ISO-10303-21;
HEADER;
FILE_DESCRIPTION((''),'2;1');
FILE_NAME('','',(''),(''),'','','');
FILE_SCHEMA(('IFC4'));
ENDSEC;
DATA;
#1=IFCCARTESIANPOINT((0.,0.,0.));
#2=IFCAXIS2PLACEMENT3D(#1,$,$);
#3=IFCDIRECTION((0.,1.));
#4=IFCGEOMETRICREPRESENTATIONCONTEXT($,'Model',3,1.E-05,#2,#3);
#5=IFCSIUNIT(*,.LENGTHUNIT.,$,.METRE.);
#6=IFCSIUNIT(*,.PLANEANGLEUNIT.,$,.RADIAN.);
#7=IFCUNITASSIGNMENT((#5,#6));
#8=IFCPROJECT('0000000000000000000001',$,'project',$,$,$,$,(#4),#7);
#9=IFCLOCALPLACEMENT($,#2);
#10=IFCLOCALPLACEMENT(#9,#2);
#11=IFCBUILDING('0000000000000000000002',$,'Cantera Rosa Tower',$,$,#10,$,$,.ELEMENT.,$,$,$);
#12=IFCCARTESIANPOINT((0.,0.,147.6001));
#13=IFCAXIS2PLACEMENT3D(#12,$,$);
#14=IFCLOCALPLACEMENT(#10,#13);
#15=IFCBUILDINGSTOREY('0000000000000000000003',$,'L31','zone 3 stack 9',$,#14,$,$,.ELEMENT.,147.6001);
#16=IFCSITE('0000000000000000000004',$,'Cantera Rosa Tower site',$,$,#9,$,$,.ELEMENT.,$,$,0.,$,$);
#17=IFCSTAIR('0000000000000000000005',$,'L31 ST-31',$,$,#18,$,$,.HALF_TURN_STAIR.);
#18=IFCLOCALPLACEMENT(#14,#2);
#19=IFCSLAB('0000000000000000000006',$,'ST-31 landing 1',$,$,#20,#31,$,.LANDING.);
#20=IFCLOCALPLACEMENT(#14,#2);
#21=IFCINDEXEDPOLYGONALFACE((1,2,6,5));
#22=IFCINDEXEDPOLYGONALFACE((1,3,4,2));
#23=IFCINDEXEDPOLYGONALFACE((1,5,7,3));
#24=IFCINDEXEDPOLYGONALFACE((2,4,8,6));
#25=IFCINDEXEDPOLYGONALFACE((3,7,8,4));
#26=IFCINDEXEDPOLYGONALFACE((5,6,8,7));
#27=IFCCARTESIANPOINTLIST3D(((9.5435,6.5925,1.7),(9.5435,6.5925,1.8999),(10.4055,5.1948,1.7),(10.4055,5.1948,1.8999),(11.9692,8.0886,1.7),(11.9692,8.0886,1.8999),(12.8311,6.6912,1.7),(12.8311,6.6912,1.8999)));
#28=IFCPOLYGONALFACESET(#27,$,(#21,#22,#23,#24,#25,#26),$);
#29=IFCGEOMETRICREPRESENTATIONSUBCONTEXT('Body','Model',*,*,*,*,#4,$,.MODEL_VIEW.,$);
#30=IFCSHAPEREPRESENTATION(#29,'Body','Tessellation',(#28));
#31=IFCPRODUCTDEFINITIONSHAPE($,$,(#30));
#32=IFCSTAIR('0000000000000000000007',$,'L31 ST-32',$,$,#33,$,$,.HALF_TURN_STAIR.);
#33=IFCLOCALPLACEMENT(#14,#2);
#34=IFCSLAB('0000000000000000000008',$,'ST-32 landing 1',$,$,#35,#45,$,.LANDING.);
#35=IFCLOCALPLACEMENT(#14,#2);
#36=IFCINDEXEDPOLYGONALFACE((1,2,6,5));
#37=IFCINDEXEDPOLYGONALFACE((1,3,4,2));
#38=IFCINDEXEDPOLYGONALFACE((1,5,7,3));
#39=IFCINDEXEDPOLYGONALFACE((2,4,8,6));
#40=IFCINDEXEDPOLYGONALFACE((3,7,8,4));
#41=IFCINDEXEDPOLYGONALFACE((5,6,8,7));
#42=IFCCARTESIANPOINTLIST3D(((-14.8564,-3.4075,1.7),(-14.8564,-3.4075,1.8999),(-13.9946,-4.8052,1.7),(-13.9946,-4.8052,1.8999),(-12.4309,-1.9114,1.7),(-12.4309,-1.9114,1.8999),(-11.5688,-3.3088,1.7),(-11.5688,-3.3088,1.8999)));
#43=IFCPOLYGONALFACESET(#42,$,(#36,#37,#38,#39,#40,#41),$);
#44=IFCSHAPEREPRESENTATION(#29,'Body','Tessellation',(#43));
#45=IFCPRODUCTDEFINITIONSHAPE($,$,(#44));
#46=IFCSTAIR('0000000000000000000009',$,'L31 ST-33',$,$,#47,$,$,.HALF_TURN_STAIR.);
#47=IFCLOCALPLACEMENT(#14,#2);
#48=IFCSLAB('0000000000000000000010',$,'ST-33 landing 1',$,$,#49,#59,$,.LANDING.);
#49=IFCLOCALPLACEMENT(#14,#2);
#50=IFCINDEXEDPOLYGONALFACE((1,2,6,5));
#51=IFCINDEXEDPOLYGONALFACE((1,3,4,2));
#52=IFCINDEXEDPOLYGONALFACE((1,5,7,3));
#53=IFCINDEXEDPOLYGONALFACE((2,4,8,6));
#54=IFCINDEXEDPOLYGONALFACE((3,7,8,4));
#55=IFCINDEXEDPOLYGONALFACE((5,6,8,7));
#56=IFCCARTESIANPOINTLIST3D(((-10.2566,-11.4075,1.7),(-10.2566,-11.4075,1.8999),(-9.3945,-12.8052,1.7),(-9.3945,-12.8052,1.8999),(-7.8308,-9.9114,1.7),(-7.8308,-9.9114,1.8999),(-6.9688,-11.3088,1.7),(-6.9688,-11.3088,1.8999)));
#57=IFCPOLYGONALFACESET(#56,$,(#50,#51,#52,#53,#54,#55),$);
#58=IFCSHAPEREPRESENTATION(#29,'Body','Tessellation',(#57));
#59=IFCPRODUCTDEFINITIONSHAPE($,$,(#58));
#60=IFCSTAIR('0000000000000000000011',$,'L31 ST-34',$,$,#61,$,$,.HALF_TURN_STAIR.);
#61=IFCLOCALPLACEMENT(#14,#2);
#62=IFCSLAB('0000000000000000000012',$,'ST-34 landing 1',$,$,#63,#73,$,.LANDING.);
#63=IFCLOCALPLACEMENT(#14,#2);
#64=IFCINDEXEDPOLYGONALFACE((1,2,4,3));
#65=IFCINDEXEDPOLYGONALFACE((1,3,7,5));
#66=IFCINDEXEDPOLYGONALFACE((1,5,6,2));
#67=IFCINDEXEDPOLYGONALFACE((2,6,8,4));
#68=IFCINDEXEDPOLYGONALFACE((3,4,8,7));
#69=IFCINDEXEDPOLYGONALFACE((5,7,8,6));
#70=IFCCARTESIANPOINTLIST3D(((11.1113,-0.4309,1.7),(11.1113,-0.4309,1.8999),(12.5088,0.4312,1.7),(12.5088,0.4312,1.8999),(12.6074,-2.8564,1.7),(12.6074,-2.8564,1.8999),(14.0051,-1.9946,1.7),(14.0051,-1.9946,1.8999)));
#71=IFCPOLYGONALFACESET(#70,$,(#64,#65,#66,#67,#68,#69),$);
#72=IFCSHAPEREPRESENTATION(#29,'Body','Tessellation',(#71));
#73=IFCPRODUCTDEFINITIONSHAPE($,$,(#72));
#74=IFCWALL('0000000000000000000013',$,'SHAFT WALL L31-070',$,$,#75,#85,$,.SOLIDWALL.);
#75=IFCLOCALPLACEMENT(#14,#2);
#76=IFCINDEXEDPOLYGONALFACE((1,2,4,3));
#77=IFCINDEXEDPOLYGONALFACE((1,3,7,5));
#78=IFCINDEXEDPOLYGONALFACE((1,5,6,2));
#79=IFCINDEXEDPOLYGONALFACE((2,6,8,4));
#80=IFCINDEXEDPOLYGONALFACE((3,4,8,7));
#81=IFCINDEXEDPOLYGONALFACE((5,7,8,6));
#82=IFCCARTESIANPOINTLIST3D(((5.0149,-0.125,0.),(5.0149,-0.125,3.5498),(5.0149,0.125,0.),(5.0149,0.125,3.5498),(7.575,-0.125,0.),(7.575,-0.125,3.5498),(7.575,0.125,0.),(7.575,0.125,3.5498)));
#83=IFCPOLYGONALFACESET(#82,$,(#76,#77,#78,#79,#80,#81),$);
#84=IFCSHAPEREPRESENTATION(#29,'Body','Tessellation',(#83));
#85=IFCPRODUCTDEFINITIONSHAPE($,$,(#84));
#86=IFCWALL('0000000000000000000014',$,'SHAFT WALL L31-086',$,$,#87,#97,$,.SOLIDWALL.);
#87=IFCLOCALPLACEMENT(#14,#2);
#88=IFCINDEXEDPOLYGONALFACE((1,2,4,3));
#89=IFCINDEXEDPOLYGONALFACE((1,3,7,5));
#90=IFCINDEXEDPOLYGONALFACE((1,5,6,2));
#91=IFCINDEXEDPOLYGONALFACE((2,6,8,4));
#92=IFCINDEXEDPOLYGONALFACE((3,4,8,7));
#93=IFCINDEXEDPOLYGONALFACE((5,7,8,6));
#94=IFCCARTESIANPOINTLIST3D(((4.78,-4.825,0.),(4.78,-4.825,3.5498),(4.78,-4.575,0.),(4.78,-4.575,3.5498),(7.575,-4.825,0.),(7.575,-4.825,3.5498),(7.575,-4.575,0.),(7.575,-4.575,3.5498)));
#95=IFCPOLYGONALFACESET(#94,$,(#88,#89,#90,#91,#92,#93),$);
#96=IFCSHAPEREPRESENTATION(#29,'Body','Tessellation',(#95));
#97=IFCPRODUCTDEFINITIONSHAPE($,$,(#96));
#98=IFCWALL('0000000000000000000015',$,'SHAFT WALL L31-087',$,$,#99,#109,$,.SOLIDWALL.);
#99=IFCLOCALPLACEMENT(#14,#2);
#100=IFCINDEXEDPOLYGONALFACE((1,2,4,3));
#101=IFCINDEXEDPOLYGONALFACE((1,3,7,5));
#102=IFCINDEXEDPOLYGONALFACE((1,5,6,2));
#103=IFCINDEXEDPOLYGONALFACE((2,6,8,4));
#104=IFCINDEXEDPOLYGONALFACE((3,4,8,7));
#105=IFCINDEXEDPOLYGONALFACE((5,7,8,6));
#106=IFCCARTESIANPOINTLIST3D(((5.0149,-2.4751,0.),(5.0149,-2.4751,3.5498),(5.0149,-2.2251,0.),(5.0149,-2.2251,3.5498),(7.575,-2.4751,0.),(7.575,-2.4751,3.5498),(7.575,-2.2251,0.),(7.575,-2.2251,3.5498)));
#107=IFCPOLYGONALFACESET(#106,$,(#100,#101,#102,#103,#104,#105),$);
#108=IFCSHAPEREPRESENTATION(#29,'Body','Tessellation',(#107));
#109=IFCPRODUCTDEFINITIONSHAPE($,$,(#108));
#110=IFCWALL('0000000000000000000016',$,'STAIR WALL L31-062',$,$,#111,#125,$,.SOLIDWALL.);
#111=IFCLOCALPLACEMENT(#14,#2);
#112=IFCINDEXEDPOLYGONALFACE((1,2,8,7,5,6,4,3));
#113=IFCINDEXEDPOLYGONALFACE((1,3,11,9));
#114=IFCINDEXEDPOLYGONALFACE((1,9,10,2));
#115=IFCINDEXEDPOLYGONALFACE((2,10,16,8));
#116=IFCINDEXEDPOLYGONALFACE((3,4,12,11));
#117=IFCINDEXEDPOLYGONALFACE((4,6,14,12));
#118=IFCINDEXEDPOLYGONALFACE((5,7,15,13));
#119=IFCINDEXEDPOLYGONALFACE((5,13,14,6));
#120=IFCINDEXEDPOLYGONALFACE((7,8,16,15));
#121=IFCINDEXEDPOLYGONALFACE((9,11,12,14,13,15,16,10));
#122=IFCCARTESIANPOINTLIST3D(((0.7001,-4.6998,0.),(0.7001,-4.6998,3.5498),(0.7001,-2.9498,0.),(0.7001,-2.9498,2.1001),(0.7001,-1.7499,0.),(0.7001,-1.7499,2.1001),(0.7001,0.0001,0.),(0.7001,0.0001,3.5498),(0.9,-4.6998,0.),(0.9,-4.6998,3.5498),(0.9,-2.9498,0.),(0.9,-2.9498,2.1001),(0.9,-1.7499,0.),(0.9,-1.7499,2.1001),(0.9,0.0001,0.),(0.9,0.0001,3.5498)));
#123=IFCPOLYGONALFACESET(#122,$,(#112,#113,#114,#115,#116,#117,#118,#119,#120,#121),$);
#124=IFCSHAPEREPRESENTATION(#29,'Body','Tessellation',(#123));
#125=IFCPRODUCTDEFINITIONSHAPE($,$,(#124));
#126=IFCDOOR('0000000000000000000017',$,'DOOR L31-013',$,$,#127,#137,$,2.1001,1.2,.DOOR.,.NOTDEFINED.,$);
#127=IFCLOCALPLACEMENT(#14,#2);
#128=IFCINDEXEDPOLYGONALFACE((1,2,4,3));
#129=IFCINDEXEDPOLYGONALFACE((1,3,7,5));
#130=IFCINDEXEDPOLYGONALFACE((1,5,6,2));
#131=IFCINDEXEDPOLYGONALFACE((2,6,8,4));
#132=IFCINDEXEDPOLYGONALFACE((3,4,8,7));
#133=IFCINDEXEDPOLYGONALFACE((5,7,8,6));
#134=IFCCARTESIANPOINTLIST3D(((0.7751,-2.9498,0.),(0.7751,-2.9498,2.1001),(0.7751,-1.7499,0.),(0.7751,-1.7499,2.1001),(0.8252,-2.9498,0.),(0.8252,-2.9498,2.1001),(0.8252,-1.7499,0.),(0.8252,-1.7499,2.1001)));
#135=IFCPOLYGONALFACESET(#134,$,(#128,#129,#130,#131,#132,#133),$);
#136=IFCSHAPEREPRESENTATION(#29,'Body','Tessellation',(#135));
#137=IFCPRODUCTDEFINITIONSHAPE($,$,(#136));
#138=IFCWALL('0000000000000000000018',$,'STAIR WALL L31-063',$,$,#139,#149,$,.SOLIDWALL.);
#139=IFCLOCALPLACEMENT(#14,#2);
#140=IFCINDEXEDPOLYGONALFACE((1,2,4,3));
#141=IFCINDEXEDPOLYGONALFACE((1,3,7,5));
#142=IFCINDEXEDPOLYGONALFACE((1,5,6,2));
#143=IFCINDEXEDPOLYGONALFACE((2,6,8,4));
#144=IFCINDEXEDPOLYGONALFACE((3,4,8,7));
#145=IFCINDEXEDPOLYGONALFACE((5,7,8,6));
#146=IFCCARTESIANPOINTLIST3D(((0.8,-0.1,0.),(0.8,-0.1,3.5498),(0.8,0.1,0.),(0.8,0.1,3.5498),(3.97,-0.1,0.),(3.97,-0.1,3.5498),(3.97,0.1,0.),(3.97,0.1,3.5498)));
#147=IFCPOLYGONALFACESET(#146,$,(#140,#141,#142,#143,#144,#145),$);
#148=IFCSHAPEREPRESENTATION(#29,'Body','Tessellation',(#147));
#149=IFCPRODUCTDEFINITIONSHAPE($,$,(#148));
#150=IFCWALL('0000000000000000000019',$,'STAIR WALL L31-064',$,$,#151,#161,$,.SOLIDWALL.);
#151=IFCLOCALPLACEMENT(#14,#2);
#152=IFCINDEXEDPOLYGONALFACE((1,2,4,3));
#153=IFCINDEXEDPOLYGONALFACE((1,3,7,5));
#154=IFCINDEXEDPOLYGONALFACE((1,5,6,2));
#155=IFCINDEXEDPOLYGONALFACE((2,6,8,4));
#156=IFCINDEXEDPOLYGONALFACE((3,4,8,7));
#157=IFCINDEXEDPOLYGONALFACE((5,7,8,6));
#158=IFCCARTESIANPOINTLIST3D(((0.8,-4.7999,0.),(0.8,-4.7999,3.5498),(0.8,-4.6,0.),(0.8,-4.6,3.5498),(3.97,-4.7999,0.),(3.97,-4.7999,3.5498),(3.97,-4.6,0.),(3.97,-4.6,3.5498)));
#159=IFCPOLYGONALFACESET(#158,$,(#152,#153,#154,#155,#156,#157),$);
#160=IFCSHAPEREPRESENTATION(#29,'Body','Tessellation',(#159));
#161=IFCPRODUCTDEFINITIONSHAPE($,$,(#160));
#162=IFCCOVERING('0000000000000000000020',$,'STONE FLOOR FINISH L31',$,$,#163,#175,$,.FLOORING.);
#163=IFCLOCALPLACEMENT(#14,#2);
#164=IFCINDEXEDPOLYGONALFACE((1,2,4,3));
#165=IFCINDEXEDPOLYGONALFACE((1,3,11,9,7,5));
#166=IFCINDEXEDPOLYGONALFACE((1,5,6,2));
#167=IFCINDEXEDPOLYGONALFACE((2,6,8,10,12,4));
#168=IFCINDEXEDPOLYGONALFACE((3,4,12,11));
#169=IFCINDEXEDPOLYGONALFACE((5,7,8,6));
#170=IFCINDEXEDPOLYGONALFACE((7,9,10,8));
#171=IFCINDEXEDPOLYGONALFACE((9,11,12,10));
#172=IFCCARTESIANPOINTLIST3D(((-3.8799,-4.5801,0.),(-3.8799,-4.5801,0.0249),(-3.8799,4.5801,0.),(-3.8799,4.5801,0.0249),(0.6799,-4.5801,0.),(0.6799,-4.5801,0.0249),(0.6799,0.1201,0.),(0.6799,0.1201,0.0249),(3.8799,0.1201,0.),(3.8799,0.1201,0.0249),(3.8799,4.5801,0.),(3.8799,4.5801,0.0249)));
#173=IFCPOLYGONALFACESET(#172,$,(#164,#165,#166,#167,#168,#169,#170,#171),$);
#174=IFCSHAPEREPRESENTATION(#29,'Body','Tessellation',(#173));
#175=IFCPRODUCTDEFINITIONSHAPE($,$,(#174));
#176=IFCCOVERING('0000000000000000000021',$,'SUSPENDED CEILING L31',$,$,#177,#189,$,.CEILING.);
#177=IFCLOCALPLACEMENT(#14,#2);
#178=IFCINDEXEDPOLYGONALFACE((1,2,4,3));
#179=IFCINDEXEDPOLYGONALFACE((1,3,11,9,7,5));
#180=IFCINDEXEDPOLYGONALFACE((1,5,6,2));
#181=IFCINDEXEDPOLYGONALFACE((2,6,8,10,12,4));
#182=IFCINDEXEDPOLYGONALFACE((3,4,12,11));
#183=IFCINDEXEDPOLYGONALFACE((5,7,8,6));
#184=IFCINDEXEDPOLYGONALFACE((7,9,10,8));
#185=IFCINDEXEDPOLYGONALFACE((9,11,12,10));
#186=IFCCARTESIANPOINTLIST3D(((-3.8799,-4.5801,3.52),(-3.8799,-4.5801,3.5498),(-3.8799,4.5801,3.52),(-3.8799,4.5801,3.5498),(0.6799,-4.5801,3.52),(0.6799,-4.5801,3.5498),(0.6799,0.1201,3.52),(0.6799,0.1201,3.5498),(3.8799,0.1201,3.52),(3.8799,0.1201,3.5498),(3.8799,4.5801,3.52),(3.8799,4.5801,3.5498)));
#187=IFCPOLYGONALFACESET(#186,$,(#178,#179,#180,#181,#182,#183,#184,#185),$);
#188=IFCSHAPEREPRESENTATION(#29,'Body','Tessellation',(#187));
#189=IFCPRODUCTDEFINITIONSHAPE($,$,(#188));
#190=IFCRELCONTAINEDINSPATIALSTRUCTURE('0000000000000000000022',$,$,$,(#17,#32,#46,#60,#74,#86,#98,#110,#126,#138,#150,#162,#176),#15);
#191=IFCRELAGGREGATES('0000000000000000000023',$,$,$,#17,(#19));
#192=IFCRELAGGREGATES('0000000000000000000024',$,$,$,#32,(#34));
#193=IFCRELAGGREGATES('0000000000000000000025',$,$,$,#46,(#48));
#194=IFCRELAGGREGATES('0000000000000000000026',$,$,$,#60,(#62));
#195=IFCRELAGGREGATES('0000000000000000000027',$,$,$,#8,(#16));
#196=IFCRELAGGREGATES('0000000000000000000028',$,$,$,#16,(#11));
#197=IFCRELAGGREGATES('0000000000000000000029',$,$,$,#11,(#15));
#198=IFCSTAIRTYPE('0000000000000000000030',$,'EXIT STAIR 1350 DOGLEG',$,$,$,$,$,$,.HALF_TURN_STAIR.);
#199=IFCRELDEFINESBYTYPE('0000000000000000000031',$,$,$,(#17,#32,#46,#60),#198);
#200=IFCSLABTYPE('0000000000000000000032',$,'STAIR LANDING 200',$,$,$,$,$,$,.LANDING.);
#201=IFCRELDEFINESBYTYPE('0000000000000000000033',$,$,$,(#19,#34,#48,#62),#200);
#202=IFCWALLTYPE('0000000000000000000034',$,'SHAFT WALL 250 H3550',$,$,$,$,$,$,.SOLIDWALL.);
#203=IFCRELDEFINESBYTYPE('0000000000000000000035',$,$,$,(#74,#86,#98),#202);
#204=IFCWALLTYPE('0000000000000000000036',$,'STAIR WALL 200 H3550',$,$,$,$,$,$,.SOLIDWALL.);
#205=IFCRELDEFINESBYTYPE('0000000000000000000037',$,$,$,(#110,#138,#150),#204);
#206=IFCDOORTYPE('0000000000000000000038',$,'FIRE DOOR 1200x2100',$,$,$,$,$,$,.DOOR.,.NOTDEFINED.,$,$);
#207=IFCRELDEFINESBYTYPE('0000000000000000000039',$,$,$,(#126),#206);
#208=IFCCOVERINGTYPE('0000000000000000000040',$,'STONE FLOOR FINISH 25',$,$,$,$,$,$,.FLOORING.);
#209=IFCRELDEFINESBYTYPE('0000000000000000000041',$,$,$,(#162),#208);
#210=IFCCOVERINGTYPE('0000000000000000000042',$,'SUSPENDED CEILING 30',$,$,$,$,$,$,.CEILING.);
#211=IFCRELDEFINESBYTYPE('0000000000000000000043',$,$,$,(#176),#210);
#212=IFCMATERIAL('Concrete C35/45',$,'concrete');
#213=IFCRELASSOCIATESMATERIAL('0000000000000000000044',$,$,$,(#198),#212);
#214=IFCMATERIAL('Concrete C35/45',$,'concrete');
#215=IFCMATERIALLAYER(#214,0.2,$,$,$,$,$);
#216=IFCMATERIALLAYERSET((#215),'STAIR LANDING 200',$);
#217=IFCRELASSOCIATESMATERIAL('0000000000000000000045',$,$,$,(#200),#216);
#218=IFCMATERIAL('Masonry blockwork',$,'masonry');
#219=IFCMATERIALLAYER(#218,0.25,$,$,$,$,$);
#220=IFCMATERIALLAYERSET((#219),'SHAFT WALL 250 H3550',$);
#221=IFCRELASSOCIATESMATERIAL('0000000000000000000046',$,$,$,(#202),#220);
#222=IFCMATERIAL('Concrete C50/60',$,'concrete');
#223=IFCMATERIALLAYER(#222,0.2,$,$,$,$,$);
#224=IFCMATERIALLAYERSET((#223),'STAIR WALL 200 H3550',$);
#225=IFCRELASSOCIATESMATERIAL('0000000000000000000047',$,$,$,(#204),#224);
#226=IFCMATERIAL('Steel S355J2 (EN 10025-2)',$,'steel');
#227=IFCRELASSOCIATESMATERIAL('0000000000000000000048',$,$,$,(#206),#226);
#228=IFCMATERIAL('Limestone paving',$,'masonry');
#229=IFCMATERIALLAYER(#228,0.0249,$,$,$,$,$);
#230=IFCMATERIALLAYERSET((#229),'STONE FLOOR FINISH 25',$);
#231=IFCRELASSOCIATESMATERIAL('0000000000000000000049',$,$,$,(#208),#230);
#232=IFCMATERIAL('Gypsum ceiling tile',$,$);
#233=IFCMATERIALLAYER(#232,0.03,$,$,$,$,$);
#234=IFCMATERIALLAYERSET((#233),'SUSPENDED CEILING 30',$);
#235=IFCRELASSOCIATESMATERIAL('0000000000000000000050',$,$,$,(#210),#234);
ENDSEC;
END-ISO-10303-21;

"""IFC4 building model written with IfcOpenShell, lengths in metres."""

from ifc_helpers import new_model, si_unit, direction, frame, frame_2d, origin, place, context, subcontext, project, spatial, polyline, rectangle, outline, extrude, material, layer, layer_set, type_object, element, fill, aggregate, save


model = new_model("IFC4")

# Units and contexts
model_context = context("Model", 3, precision=1e-05, world=origin(), true_north=direction((0.0, 1.0)))
body_context = subcontext(model_context, "Body", "Model", "MODEL_VIEW")
ifc_project = project(units=[si_unit("LENGTHUNIT", "METRE"), si_unit("PLANEANGLEUNIT", "RADIAN")], contexts=[model_context])

# Site, building, storey
site_placement = place(None, origin())
site = spatial("IfcSite", under=ifc_project, at=site_placement, Name="Cantera Rosa Tower site", CompositionType="ELEMENT", RefElevation=0.0)
building_placement = place(site_placement, origin())
building = spatial("IfcBuilding", under=site, at=building_placement, Name="Cantera Rosa Tower", CompositionType="ELEMENT")
storey_placement = place(building_placement, frame((0.0, 0.0, 147.6001)))
storey = spatial("IfcBuildingStorey", under=building, at=storey_placement, Name="L31", Description="zone 3 stack 9", CompositionType="ELEMENT", Elevation=147.6001)

# Stairs, slabs
ifc_material_1 = material(Name="Concrete C35/45", Category="concrete")
stair_type = type_object("IfcStairType", Name="EXIT STAIR 1350 DOGLEG", PredefinedType="HALF_TURN_STAIR", material=ifc_material_1)
stair_1_placement = place(storey_placement, origin())
stair_1 = element("IfcStair", 1, at=stair_1_placement, inside=storey, type_object=stair_type, Name="L31 ST-31", PredefinedType="HALF_TURN_STAIR")
ifc_material_2 = material(Name="Concrete C35/45", Category="concrete")
ifc_layer_1 = layer(ifc_material_2, 0.2)
ifc_layer_set_1 = layer_set([ifc_layer_1], Name="STAIR LANDING 200")
slab_type = type_object("IfcSlabType", Name="STAIR LANDING 200", PredefinedType="LANDING", material=ifc_layer_set_1)
slab_1_placement = place(storey_placement, frame((0.0, 0.0, 1.7)))
slab_1 = element("IfcSlab", 2, at=slab_1_placement, type_object=slab_type, Name="ST-31 landing 1", PredefinedType="LANDING", context=body_context, shape_type="SweptSolid", body=[
    extrude(outline(polyline([(12.8311, 6.6912), (11.9692, 8.0886), (9.5435, 6.5925), (10.4055, 5.1948), (12.8311, 6.6912)])), origin(), (0.0, 0.0, 1.0), 0.2),
])
aggregate(stair_1, [slab_1])
stair_2_placement = place(storey_placement, origin())
stair_2 = element("IfcStair", 3, at=stair_2_placement, inside=storey, type_object=stair_type, Name="L31 ST-32", PredefinedType="HALF_TURN_STAIR")
slab_2_placement = place(storey_placement, frame((0.0, 0.0, 1.7)))
slab_2 = element("IfcSlab", 4, at=slab_2_placement, type_object=slab_type, Name="ST-32 landing 1", PredefinedType="LANDING", context=body_context, shape_type="SweptSolid", body=[
    extrude(outline(polyline([(-11.5688, -3.3088), (-12.4309, -1.9114), (-14.8564, -3.4075), (-13.9946, -4.8052), (-11.5688, -3.3088)])), origin(), (0.0, 0.0, 1.0), 0.2),
])
aggregate(stair_2, [slab_2])
stair_3_placement = place(storey_placement, origin())
stair_3 = element("IfcStair", 5, at=stair_3_placement, inside=storey, type_object=stair_type, Name="L31 ST-33", PredefinedType="HALF_TURN_STAIR")
slab_3_placement = place(storey_placement, frame((0.0, 0.0, 1.7)))
slab_3 = element("IfcSlab", 6, at=slab_3_placement, type_object=slab_type, Name="ST-33 landing 1", PredefinedType="LANDING", context=body_context, shape_type="SweptSolid", body=[
    extrude(outline(polyline([(-6.9688, -11.3088), (-7.8308, -9.9114), (-10.2566, -11.4075), (-9.3945, -12.8052), (-6.9688, -11.3088)])), origin(), (0.0, 0.0, 1.0), 0.2),
])
aggregate(stair_3, [slab_3])
stair_4_placement = place(storey_placement, origin())
stair_4 = element("IfcStair", 7, at=stair_4_placement, inside=storey, type_object=stair_type, Name="L31 ST-34", PredefinedType="HALF_TURN_STAIR")
slab_4_placement = place(storey_placement, frame((0.0, 0.0, 1.7)))
slab_4 = element("IfcSlab", 8, at=slab_4_placement, type_object=slab_type, Name="ST-34 landing 1", PredefinedType="LANDING", context=body_context, shape_type="SweptSolid", body=[
    extrude(outline(polyline([(12.5088, 0.4312), (11.1113, -0.4309), (12.6074, -2.8564), (14.0051, -1.9946), (12.5088, 0.4312)])), origin(), (0.0, 0.0, 1.0), 0.2),
])
aggregate(stair_4, [slab_4])

# Walls
ifc_material_3 = material(Name="Masonry blockwork", Category="masonry")
ifc_layer_2 = layer(ifc_material_3, 0.25)
ifc_layer_set_2 = layer_set([ifc_layer_2], Name="SHAFT WALL 250 H3550")
wall_type_1 = type_object("IfcWallType", Name="SHAFT WALL 250 H3550", PredefinedType="SOLIDWALL", material=ifc_layer_set_2)
wall_1_placement = place(storey_placement, frame((5.0149, 0.0, 0.0), z_axis=(0.0, 0.0, 1.0), x_axis=(1.0, 0.0, 0.0)))
element("IfcWall", 9, at=wall_1_placement, inside=storey, type_object=wall_type_1, Name="SHAFT WALL L31-070", PredefinedType="SOLIDWALL", context=body_context, shape_type="SweptSolid", body=[
    extrude(rectangle(XDim=2.5601, YDim=0.25, at=frame_2d((1.28, 0.0))), origin(), (0.0, 0.0, 1.0), 3.5498),
])
wall_2_placement = place(storey_placement, frame((7.575, -4.7, 0.0), z_axis=(0.0, 0.0, 1.0), x_axis=(-1.0, 0.0, 0.0)))
element("IfcWall", 10, at=wall_2_placement, inside=storey, type_object=wall_type_1, Name="SHAFT WALL L31-086", PredefinedType="SOLIDWALL", context=body_context, shape_type="SweptSolid", body=[
    extrude(rectangle(XDim=2.7949, YDim=0.25, at=frame_2d((1.3975, 0.0))), origin(), (0.0, 0.0, 1.0), 3.5498),
])
wall_3_placement = place(storey_placement, frame((7.575, -2.3501, 0.0), z_axis=(0.0, 0.0, 1.0), x_axis=(-1.0, 0.0, 0.0)))
element("IfcWall", 11, at=wall_3_placement, inside=storey, type_object=wall_type_1, Name="SHAFT WALL L31-087", PredefinedType="SOLIDWALL", context=body_context, shape_type="SweptSolid", body=[
    extrude(rectangle(XDim=2.5601, YDim=0.25, at=frame_2d((1.28, 0.0))), origin(), (0.0, 0.0, 1.0), 3.5498),
])

# Wall, opening, door
ifc_material_4 = material(Name="Concrete C50/60", Category="concrete")
ifc_layer_3 = layer(ifc_material_4, 0.2)
ifc_layer_set_3 = layer_set([ifc_layer_3], Name="STAIR WALL 200 H3550")
wall_type_2 = type_object("IfcWallType", Name="STAIR WALL 200 H3550", PredefinedType="SOLIDWALL", material=ifc_layer_set_3)
wall_4_placement = place(storey_placement, frame((0.8, -4.7, 0.0), z_axis=(0.0, 0.0, 1.0), x_axis=(0.0, 1.0, 0.0)))
wall_4 = element("IfcWall", 12, at=wall_4_placement, inside=storey, type_object=wall_type_2, Name="STAIR WALL L31-062", PredefinedType="SOLIDWALL", context=body_context, shape_type="SweptSolid", body=[
    extrude(rectangle(XDim=4.7, YDim=0.2, at=frame_2d((2.3501, 0.0))), origin(), (0.0, 0.0, 1.0), 3.5498),
])
opening_placement = place(wall_4_placement, frame((1.75, 0.0, 0.0)))
opening = element("IfcOpeningElement", 13, at=opening_placement, cuts=wall_4, PredefinedType="OPENING", context=body_context, shape_type="SweptSolid", body=[
    extrude(rectangle(XDim=1.2, YDim=2.1001, at=frame_2d((0.6001, 1.05))), frame((0.0, 0.1099, 0.0), z_axis=(0.0, -1.0, 0.0), x_axis=(1.0, 0.0, 0.0)), (0.0, 0.0, 1.0), 0.22),
])
ifc_material_5 = material(Name="Steel S355J2 (EN 10025-2)", Category="steel")
door_type = type_object("IfcDoorType", Name="FIRE DOOR 1200x2100", OperationType="NOTDEFINED", PredefinedType="DOOR", material=ifc_material_5)
door_placement = place(opening_placement, origin())
door = element("IfcDoor", 14, at=door_placement, inside=storey, type_object=door_type, Name="DOOR L31-013", OperationType="NOTDEFINED", OverallHeight=2.1001, OverallWidth=1.2, PredefinedType="DOOR", context=body_context, shape_type="SweptSolid", body=[
    extrude(rectangle(XDim=1.2, YDim=2.1001, at=frame_2d((0.6001, 1.05))), frame((0.0, 0.0249, 0.0), z_axis=(0.0, -1.0, 0.0), x_axis=(1.0, 0.0, 0.0)), (0.0, 0.0, 1.0), 0.05),
])
fill(opening, door)

# Walls
for number, where, z_axis, x_axis, name in (
    (15, (0.8, 0.0, 0.0), (0.0, 0.0, 1.0), (1.0, 0.0, 0.0), "STAIR WALL L31-063"),
    (16, (3.97, -4.7, 0.0), (0.0, 0.0, 1.0), (-1.0, 0.0, 0.0), "STAIR WALL L31-064"),
):
    element("IfcWall", number, at=place(storey_placement, frame(where, z_axis=z_axis, x_axis=x_axis)), inside=storey, type_object=wall_type_2, Name=name, PredefinedType="SOLIDWALL", context=body_context, shape_type="SweptSolid", body=[
        extrude(rectangle(XDim=3.1699, YDim=0.2, at=frame_2d((1.585, 0.0))), origin(), (0.0, 0.0, 1.0), 3.5498),
    ])

# Coverings
ifc_material_6 = material(Name="Limestone paving", Category="masonry")
ifc_layer_4 = layer(ifc_material_6, 0.0249)
ifc_layer_set_4 = layer_set([ifc_layer_4], Name="STONE FLOOR FINISH 25")
covering_type_1 = type_object("IfcCoveringType", Name="STONE FLOOR FINISH 25", PredefinedType="FLOORING", material=ifc_layer_set_4)
covering_1_placement = place(storey_placement, origin())
element("IfcCovering", 17, at=covering_1_placement, inside=storey, type_object=covering_type_1, Name="STONE FLOOR FINISH L31", PredefinedType="FLOORING", context=body_context, shape_type="SweptSolid", body=[
    extrude(outline(polyline([(3.8799, 4.5801), (3.8799, 0.1201), (0.6799, 0.1201), (0.6799, -4.5801), (-3.8799, -4.5801), (-3.8799, 4.5801), (3.8799, 4.5801)])), origin(), (0.0, 0.0, 1.0), 0.0249),
])
ifc_material_7 = material(Name="Gypsum ceiling tile")
ifc_layer_5 = layer(ifc_material_7, 0.03)
ifc_layer_set_5 = layer_set([ifc_layer_5], Name="SUSPENDED CEILING 30")
covering_type_2 = type_object("IfcCoveringType", Name="SUSPENDED CEILING 30", PredefinedType="CEILING", material=ifc_layer_set_5)
covering_2_placement = place(storey_placement, frame((0.0, 0.0, 3.52)))
element("IfcCovering", 18, at=covering_2_placement, inside=storey, type_object=covering_type_2, Name="SUSPENDED CEILING L31", PredefinedType="CEILING", context=body_context, shape_type="SweptSolid", body=[
    extrude(outline(polyline([(3.8799, 4.5801), (3.8799, 0.1201), (0.6799, 0.1201), (0.6799, -4.5801), (-3.8799, -4.5801), (-3.8799, 4.5801), (3.8799, 4.5801)])), origin(), (0.0, 0.0, 1.0), 0.0298),
])

save(model, "model.ifc")
